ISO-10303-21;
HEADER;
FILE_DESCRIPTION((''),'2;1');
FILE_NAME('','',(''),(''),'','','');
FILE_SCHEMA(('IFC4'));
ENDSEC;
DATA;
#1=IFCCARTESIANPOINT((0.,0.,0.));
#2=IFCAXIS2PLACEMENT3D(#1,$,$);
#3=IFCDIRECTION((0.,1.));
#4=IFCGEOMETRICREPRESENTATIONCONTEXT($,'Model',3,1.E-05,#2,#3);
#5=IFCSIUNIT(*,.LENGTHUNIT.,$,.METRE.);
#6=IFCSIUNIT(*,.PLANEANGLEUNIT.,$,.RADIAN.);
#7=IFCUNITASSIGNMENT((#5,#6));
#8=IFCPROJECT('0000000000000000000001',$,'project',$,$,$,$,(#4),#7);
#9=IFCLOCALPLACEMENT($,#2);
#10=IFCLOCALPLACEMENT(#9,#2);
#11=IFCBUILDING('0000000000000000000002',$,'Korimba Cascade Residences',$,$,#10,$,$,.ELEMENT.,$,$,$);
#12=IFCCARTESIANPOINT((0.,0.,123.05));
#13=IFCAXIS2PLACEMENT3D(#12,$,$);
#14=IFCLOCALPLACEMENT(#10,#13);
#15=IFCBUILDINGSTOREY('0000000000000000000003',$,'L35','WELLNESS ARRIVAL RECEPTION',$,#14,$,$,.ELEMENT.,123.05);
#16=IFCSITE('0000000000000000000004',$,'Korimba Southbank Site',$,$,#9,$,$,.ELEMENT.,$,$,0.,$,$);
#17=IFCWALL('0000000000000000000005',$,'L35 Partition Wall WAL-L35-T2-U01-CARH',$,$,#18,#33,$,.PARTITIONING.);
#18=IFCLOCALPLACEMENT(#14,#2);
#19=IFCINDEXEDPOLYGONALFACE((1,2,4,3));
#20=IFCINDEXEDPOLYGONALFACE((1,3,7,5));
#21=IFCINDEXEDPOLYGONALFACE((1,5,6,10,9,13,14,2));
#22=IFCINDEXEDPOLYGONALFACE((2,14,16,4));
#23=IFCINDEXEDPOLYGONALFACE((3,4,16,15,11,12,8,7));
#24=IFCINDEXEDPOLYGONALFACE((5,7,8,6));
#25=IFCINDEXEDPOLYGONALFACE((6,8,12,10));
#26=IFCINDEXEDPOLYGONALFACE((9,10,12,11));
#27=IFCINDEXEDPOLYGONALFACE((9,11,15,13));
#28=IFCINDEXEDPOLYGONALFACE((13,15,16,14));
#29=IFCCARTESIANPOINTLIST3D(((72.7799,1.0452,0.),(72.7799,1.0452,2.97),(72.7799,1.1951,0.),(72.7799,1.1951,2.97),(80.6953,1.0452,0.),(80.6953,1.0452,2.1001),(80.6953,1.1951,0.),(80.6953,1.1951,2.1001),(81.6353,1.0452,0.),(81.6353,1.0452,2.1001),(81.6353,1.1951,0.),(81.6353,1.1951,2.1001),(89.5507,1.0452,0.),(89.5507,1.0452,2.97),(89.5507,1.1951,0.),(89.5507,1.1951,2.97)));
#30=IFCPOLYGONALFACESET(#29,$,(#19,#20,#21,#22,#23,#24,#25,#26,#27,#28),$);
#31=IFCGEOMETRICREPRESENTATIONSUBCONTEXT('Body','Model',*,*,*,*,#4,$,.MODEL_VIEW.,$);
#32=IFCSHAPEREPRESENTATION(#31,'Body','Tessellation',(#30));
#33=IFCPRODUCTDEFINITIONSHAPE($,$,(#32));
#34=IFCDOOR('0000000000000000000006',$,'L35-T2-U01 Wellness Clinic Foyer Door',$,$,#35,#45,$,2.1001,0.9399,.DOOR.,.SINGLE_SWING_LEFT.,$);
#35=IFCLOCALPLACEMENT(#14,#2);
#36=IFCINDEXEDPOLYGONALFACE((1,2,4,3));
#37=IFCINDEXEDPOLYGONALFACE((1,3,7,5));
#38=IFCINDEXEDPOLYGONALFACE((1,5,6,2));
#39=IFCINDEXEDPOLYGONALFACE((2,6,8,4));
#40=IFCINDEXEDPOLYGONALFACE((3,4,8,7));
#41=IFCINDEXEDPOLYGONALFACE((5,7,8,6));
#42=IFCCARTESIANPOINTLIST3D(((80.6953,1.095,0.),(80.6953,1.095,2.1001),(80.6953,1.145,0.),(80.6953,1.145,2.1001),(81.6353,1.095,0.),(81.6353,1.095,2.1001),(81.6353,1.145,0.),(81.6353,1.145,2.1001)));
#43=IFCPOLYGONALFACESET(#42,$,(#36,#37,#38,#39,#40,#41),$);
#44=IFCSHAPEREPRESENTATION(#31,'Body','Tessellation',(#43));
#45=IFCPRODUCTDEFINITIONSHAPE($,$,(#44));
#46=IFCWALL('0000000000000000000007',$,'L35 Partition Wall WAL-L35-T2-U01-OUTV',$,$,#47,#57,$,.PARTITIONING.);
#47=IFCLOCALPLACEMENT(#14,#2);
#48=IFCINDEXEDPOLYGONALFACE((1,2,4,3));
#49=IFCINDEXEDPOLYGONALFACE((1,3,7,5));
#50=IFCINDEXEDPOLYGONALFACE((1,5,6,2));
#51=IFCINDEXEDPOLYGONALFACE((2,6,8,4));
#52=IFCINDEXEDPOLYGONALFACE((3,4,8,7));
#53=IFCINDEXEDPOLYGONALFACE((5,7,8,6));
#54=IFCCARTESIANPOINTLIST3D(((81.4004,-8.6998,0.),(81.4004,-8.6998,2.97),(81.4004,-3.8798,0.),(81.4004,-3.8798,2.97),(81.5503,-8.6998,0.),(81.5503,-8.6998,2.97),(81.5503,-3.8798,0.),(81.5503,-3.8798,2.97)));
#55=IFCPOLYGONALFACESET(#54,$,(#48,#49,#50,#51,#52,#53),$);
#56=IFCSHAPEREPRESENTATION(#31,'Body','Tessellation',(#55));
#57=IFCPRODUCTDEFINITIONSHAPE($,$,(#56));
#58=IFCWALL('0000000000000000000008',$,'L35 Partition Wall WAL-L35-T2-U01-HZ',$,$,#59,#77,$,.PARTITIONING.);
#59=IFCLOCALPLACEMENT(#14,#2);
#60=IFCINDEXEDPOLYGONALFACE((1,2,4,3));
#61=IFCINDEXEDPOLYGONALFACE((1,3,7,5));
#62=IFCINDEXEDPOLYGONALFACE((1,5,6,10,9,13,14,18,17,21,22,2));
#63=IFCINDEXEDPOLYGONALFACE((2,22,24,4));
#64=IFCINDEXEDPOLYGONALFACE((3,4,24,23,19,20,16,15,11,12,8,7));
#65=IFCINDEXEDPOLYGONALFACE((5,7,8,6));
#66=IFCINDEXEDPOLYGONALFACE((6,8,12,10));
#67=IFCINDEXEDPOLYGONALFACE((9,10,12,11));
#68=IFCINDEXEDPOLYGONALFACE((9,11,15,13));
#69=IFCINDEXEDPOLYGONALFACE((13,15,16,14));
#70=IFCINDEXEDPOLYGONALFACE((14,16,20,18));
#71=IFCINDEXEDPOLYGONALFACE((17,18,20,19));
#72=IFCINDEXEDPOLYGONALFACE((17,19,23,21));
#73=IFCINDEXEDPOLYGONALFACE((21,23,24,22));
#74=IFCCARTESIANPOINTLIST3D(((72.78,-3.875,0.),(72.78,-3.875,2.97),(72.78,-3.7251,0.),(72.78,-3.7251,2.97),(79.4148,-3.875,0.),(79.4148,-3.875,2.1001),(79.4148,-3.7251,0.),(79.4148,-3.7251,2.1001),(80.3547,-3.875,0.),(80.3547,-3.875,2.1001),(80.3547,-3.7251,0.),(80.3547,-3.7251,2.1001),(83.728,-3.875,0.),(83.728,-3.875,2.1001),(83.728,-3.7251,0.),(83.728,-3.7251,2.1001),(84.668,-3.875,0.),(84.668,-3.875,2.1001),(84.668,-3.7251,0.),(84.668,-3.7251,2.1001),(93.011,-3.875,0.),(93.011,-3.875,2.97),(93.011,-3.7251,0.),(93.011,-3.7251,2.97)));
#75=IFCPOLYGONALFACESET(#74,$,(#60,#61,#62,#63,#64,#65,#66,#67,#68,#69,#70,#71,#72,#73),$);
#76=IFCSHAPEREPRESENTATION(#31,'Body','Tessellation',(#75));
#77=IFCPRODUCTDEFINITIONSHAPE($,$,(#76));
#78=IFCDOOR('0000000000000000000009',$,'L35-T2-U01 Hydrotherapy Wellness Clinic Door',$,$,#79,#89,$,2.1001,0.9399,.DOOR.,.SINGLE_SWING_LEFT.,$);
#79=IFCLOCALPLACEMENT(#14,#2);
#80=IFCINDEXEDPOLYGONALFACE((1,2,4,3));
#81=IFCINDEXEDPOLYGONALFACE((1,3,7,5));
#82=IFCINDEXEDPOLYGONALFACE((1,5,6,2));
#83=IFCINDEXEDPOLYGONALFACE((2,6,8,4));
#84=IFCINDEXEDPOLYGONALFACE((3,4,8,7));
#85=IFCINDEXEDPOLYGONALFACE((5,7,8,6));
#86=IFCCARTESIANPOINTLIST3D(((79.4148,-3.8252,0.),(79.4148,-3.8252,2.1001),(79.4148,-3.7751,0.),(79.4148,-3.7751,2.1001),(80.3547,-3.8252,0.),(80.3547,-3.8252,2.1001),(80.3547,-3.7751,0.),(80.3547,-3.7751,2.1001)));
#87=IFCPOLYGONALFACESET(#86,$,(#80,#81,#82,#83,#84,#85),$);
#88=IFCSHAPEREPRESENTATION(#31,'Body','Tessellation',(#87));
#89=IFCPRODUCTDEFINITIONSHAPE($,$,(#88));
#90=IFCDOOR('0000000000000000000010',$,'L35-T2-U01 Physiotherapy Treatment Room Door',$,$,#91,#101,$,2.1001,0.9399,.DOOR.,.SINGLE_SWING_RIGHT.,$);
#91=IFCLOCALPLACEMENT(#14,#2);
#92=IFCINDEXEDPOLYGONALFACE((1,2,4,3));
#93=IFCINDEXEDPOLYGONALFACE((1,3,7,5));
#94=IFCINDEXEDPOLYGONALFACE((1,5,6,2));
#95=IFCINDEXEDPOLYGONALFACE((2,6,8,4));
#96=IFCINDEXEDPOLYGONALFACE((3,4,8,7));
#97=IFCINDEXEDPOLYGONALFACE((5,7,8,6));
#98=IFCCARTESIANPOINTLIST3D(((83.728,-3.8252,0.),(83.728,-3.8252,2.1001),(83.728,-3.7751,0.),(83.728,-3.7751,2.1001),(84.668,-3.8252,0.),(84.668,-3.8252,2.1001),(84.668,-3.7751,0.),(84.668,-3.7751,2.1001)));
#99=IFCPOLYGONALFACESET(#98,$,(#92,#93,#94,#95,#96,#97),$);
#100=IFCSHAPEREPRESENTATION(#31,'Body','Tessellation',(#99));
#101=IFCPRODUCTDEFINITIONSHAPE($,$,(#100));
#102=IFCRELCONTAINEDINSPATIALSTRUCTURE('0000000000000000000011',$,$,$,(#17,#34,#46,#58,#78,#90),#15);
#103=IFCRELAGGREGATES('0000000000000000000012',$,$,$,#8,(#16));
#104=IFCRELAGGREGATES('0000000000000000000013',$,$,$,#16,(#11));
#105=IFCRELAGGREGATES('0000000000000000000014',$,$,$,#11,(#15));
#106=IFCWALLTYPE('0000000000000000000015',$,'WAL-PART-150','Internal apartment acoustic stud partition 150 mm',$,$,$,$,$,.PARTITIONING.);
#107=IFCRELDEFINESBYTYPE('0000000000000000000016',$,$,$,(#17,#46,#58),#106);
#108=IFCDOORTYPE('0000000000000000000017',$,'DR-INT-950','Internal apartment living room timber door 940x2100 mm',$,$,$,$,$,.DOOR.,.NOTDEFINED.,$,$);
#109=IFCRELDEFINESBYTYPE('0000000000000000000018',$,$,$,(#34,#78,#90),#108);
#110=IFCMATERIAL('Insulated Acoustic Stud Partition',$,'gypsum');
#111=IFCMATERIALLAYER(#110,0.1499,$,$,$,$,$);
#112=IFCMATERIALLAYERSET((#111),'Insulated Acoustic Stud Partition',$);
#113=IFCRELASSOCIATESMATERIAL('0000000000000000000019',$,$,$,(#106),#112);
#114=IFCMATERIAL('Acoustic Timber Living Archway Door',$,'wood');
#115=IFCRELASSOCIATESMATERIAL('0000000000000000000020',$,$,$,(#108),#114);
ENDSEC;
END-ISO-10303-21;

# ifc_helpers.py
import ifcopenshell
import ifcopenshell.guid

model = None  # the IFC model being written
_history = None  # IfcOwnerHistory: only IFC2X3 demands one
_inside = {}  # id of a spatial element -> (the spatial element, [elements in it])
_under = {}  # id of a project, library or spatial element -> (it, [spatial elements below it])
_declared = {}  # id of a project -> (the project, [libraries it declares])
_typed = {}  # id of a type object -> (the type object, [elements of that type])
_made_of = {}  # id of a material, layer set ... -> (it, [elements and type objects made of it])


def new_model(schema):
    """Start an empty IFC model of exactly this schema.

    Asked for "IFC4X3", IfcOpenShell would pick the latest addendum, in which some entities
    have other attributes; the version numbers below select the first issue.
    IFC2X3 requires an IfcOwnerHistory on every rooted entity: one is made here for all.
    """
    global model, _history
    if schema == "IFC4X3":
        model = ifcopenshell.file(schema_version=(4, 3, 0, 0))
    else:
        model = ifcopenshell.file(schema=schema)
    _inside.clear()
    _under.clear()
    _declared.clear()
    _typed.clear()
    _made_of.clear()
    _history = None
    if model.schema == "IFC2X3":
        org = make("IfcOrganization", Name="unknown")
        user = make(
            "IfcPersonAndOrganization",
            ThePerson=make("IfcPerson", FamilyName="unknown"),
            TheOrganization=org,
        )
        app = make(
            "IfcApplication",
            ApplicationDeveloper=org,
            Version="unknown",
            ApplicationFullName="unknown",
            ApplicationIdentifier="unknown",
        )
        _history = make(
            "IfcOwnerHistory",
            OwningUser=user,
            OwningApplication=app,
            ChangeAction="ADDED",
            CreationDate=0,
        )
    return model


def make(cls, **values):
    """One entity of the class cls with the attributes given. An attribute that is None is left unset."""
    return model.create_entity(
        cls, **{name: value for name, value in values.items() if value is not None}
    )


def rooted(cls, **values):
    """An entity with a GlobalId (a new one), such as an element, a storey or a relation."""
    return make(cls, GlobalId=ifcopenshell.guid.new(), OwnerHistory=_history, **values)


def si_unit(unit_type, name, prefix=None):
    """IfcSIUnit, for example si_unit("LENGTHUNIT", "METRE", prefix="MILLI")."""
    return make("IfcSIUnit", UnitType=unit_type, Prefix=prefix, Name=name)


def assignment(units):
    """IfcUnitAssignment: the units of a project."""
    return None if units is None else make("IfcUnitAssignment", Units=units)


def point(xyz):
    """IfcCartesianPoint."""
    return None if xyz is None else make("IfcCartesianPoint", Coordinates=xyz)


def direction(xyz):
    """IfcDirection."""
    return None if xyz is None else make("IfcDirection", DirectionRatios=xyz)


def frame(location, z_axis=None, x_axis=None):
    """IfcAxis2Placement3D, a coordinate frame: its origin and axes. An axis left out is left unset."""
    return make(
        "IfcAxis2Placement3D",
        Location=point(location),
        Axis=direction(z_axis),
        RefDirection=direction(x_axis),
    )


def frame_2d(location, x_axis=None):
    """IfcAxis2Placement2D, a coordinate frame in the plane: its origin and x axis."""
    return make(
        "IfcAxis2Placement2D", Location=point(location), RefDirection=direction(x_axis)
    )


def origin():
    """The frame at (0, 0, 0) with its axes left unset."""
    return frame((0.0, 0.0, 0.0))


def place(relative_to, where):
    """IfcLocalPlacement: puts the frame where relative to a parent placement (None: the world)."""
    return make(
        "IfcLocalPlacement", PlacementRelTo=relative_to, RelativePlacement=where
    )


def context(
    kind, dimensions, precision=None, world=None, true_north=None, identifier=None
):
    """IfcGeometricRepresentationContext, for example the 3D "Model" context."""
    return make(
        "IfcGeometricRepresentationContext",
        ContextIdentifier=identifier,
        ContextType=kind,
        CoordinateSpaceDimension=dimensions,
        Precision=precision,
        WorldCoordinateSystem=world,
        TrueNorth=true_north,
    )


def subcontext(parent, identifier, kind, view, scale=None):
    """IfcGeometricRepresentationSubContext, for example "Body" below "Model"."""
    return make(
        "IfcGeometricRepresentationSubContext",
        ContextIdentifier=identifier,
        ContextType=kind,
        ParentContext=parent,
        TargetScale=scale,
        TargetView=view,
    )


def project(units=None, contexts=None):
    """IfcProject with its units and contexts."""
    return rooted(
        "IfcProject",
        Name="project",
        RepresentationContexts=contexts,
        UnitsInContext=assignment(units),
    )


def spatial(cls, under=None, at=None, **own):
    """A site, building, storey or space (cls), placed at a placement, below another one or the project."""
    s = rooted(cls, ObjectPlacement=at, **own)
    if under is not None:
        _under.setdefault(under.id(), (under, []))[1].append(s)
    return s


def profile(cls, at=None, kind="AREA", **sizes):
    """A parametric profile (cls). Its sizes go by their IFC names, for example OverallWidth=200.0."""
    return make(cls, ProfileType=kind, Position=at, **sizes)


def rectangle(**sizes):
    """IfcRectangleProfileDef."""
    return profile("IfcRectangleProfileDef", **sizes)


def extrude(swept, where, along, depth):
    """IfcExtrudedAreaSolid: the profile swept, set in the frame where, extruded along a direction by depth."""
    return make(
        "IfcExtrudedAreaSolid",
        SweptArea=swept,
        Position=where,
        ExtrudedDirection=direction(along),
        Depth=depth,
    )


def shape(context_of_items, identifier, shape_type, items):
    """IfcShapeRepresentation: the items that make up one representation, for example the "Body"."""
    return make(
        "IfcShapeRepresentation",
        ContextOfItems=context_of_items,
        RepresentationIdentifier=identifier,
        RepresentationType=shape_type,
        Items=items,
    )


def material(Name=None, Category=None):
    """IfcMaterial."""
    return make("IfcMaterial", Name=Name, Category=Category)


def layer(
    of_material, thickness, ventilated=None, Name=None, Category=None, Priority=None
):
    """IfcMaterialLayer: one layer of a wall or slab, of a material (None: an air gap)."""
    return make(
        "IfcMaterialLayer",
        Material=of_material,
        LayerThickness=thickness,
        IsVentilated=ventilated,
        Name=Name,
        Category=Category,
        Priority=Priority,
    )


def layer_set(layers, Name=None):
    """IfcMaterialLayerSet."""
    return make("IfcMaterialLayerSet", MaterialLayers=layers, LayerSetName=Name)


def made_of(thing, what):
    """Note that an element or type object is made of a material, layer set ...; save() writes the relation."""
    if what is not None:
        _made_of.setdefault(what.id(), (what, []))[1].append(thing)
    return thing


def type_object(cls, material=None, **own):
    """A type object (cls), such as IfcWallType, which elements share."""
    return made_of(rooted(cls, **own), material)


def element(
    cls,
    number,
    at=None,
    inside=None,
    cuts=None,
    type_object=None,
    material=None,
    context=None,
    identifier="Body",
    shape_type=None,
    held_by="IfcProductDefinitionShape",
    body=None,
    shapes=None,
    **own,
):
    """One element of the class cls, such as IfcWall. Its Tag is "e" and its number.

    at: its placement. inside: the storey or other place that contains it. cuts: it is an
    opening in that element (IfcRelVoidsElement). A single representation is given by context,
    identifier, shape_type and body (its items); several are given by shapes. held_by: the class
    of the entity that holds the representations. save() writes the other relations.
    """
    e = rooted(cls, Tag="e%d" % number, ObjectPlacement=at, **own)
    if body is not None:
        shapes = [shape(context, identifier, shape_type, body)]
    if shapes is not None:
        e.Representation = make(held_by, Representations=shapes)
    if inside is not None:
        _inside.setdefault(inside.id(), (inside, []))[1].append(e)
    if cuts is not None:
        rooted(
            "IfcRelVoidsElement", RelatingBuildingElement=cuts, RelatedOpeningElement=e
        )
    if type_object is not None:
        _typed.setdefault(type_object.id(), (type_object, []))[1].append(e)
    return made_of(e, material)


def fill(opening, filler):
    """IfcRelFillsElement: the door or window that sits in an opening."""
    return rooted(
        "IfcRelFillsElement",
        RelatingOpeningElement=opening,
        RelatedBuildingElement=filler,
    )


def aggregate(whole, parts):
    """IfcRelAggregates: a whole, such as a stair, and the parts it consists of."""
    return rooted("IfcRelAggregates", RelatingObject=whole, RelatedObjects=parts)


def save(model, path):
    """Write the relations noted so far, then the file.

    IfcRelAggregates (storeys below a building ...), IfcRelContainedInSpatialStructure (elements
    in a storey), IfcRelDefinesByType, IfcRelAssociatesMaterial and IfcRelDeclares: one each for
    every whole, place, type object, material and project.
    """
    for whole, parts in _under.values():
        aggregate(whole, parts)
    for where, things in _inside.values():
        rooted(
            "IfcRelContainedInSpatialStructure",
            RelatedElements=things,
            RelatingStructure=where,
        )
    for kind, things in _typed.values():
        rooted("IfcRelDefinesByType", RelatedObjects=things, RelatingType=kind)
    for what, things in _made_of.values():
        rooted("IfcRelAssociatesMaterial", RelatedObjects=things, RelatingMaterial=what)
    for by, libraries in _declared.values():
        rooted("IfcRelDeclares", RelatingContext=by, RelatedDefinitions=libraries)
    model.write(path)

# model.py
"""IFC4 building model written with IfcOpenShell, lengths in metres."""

from ifc_helpers import new_model, si_unit, direction, frame, frame_2d, origin, place, context, subcontext, project, spatial, rectangle, extrude, material, layer, layer_set, type_object, element, fill, save


model = new_model("IFC4")

# Units and contexts
model_context = context("Model", 3, precision=1e-05, world=origin(), true_north=direction((0.0, 1.0)))
body_context = subcontext(model_context, "Body", "Model", "MODEL_VIEW")
ifc_project = project(units=[si_unit("LENGTHUNIT", "METRE"), si_unit("PLANEANGLEUNIT", "RADIAN")], contexts=[model_context])

# Site, building, storey
site_placement = place(None, origin())
site = spatial("IfcSite", under=ifc_project, at=site_placement, Name="Korimba Southbank Site", CompositionType="ELEMENT", RefElevation=0.0)
building_placement = place(site_placement, origin())
building = spatial("IfcBuilding", under=site, at=building_placement, Name="Korimba Cascade Residences", CompositionType="ELEMENT")
storey_placement = place(building_placement, frame((0.0, 0.0, 123.05)))
storey = spatial("IfcBuildingStorey", under=building, at=storey_placement, Name="L35", Description="WELLNESS ARRIVAL RECEPTION", CompositionType="ELEMENT", Elevation=123.05)

# Wall, opening, door
ifc_material_1 = material(Name="Insulated Acoustic Stud Partition", Category="gypsum")
ifc_layer_1 = layer(ifc_material_1, 0.1499)
ifc_layer_set_1 = layer_set([ifc_layer_1], Name="Insulated Acoustic Stud Partition")
wall_type_1 = type_object("IfcWallType", Name="WAL-PART-150", Description="Internal apartment acoustic stud partition 150 mm", PredefinedType="PARTITIONING", material=ifc_layer_set_1)
wall_1_placement = place(storey_placement, frame((72.78, 1.1201, 0.0), z_axis=(0.0, 0.0, 1.0), x_axis=(1.0, 0.0, 0.0)))
wall_1 = element("IfcWall", 1, at=wall_1_placement, inside=storey, type_object=wall_type_1, Name="L35 Partition Wall WAL-L35-T2-U01-CARH", PredefinedType="PARTITIONING", context=body_context, shape_type="SweptSolid", body=[
    extrude(rectangle(XDim=16.7708, YDim=0.1499, at=frame_2d((8.3853, 0.0))), origin(), (0.0, 0.0, 1.0), 2.97),
])
opening_1_placement = place(wall_1_placement, frame((7.9153, 0.0, 0.0)))
opening_1 = element("IfcOpeningElement", 2, at=opening_1_placement, cuts=wall_1, PredefinedType="OPENING", context=body_context, shape_type="SweptSolid", body=[
    extrude(rectangle(XDim=0.9399, YDim=2.1001, at=frame_2d((0.47, 1.05))), frame((0.0, 0.085, 0.0), z_axis=(0.0, -1.0, 0.0), x_axis=(1.0, 0.0, 0.0)), (0.0, 0.0, 1.0), 0.1699),
])
ifc_material_2 = material(Name="Acoustic Timber Living Archway Door", Category="wood")
door_type = type_object("IfcDoorType", Name="DR-INT-950", Description="Internal apartment living room timber door 940x2100 mm", OperationType="NOTDEFINED", PredefinedType="DOOR", material=ifc_material_2)
door_1_placement = place(opening_1_placement, origin())
door_1 = element("IfcDoor", 3, at=door_1_placement, inside=storey, type_object=door_type, Name="L35-T2-U01 Wellness Clinic Foyer Door", OperationType="SINGLE_SWING_LEFT", OverallHeight=2.1001, OverallWidth=0.9399, PredefinedType="DOOR", context=body_context, shape_type="SweptSolid", body=[
    extrude(rectangle(XDim=0.9399, YDim=2.1001, at=frame_2d((0.47, 1.05))), frame((0.0, 0.0249, 0.0), z_axis=(0.0, -1.0, 0.0), x_axis=(1.0, 0.0, 0.0)), (0.0, 0.0, 1.0), 0.05),
])
fill(opening_1, door_1)

# Wall
wall_2_placement = place(storey_placement, frame((81.4753, -8.7, 0.0), z_axis=(0.0, 0.0, 1.0), x_axis=(0.0, 1.0, 0.0)))
element("IfcWall", 4, at=wall_2_placement, inside=storey, type_object=wall_type_1, Name="L35 Partition Wall WAL-L35-T2-U01-OUTV", PredefinedType="PARTITIONING", context=body_context, shape_type="SweptSolid", body=[
    extrude(rectangle(XDim=4.8201, YDim=0.1499, at=frame_2d((2.4102, 0.0))), origin(), (0.0, 0.0, 1.0), 2.97),
])

# Wall, openings, doors
wall_3_placement = place(storey_placement, frame((72.78, -3.8, 0.0), z_axis=(0.0, 0.0, 1.0), x_axis=(1.0, 0.0, 0.0)))
wall_3 = element("IfcWall", 5, at=wall_3_placement, inside=storey, type_object=wall_type_1, Name="L35 Partition Wall WAL-L35-T2-U01-HZ", PredefinedType="PARTITIONING", context=body_context, shape_type="SweptSolid", body=[
    extrude(rectangle(XDim=20.231, YDim=0.1499, at=frame_2d((10.1155, 0.0))), origin(), (0.0, 0.0, 1.0), 2.97),
])
opening_2_placement = place(wall_3_placement, frame((6.6348, 0.0, 0.0)))
opening_2 = element("IfcOpeningElement", 6, at=opening_2_placement, cuts=wall_3, PredefinedType="OPENING", context=body_context, shape_type="SweptSolid", body=[
    extrude(rectangle(XDim=0.9399, YDim=2.1001, at=frame_2d((0.47, 1.05))), frame((0.0, 0.085, 0.0), z_axis=(0.0, -1.0, 0.0), x_axis=(1.0, 0.0, 0.0)), (0.0, 0.0, 1.0), 0.1699),
])
opening_3_placement = place(wall_3_placement, frame((10.948, 0.0, 0.0)))
opening_3 = element("IfcOpeningElement", 7, at=opening_3_placement, cuts=wall_3, PredefinedType="OPENING", context=body_context, shape_type="SweptSolid", body=[
    extrude(rectangle(XDim=0.9399, YDim=2.1001, at=frame_2d((0.47, 1.05))), frame((0.0, 0.085, 0.0), z_axis=(0.0, -1.0, 0.0), x_axis=(1.0, 0.0, 0.0)), (0.0, 0.0, 1.0), 0.1699),
])
door_2_placement = place(opening_2_placement, origin())
door_2 = element("IfcDoor", 8, at=door_2_placement, inside=storey, type_object=door_type, Name="L35-T2-U01 Hydrotherapy Wellness Clinic Door", OperationType="SINGLE_SWING_LEFT", OverallHeight=2.1001, OverallWidth=0.9399, PredefinedType="DOOR", context=body_context, shape_type="SweptSolid", body=[
    extrude(rectangle(XDim=0.9399, YDim=2.1001, at=frame_2d((0.47, 1.05))), frame((0.0, 0.0249, 0.0), z_axis=(0.0, -1.0, 0.0), x_axis=(1.0, 0.0, 0.0)), (0.0, 0.0, 1.0), 0.05),
])
fill(opening_2, door_2)
door_3_placement = place(opening_3_placement, origin())
door_3 = element("IfcDoor", 9, at=door_3_placement, inside=storey, type_object=door_type, Name="L35-T2-U01 Physiotherapy Treatment Room Door", OperationType="SINGLE_SWING_RIGHT", OverallHeight=2.1001, OverallWidth=0.9399, PredefinedType="DOOR", context=body_context, shape_type="SweptSolid", body=[
    extrude(rectangle(XDim=0.9399, YDim=2.1001, at=frame_2d((0.47, 1.05))), frame((0.0, 0.0249, 0.0), z_axis=(0.0, -1.0, 0.0), x_axis=(1.0, 0.0, 0.0)), (0.0, 0.0, 1.0), 0.05),
])
fill(opening_3, door_3)

save(model, "model.ifc")
